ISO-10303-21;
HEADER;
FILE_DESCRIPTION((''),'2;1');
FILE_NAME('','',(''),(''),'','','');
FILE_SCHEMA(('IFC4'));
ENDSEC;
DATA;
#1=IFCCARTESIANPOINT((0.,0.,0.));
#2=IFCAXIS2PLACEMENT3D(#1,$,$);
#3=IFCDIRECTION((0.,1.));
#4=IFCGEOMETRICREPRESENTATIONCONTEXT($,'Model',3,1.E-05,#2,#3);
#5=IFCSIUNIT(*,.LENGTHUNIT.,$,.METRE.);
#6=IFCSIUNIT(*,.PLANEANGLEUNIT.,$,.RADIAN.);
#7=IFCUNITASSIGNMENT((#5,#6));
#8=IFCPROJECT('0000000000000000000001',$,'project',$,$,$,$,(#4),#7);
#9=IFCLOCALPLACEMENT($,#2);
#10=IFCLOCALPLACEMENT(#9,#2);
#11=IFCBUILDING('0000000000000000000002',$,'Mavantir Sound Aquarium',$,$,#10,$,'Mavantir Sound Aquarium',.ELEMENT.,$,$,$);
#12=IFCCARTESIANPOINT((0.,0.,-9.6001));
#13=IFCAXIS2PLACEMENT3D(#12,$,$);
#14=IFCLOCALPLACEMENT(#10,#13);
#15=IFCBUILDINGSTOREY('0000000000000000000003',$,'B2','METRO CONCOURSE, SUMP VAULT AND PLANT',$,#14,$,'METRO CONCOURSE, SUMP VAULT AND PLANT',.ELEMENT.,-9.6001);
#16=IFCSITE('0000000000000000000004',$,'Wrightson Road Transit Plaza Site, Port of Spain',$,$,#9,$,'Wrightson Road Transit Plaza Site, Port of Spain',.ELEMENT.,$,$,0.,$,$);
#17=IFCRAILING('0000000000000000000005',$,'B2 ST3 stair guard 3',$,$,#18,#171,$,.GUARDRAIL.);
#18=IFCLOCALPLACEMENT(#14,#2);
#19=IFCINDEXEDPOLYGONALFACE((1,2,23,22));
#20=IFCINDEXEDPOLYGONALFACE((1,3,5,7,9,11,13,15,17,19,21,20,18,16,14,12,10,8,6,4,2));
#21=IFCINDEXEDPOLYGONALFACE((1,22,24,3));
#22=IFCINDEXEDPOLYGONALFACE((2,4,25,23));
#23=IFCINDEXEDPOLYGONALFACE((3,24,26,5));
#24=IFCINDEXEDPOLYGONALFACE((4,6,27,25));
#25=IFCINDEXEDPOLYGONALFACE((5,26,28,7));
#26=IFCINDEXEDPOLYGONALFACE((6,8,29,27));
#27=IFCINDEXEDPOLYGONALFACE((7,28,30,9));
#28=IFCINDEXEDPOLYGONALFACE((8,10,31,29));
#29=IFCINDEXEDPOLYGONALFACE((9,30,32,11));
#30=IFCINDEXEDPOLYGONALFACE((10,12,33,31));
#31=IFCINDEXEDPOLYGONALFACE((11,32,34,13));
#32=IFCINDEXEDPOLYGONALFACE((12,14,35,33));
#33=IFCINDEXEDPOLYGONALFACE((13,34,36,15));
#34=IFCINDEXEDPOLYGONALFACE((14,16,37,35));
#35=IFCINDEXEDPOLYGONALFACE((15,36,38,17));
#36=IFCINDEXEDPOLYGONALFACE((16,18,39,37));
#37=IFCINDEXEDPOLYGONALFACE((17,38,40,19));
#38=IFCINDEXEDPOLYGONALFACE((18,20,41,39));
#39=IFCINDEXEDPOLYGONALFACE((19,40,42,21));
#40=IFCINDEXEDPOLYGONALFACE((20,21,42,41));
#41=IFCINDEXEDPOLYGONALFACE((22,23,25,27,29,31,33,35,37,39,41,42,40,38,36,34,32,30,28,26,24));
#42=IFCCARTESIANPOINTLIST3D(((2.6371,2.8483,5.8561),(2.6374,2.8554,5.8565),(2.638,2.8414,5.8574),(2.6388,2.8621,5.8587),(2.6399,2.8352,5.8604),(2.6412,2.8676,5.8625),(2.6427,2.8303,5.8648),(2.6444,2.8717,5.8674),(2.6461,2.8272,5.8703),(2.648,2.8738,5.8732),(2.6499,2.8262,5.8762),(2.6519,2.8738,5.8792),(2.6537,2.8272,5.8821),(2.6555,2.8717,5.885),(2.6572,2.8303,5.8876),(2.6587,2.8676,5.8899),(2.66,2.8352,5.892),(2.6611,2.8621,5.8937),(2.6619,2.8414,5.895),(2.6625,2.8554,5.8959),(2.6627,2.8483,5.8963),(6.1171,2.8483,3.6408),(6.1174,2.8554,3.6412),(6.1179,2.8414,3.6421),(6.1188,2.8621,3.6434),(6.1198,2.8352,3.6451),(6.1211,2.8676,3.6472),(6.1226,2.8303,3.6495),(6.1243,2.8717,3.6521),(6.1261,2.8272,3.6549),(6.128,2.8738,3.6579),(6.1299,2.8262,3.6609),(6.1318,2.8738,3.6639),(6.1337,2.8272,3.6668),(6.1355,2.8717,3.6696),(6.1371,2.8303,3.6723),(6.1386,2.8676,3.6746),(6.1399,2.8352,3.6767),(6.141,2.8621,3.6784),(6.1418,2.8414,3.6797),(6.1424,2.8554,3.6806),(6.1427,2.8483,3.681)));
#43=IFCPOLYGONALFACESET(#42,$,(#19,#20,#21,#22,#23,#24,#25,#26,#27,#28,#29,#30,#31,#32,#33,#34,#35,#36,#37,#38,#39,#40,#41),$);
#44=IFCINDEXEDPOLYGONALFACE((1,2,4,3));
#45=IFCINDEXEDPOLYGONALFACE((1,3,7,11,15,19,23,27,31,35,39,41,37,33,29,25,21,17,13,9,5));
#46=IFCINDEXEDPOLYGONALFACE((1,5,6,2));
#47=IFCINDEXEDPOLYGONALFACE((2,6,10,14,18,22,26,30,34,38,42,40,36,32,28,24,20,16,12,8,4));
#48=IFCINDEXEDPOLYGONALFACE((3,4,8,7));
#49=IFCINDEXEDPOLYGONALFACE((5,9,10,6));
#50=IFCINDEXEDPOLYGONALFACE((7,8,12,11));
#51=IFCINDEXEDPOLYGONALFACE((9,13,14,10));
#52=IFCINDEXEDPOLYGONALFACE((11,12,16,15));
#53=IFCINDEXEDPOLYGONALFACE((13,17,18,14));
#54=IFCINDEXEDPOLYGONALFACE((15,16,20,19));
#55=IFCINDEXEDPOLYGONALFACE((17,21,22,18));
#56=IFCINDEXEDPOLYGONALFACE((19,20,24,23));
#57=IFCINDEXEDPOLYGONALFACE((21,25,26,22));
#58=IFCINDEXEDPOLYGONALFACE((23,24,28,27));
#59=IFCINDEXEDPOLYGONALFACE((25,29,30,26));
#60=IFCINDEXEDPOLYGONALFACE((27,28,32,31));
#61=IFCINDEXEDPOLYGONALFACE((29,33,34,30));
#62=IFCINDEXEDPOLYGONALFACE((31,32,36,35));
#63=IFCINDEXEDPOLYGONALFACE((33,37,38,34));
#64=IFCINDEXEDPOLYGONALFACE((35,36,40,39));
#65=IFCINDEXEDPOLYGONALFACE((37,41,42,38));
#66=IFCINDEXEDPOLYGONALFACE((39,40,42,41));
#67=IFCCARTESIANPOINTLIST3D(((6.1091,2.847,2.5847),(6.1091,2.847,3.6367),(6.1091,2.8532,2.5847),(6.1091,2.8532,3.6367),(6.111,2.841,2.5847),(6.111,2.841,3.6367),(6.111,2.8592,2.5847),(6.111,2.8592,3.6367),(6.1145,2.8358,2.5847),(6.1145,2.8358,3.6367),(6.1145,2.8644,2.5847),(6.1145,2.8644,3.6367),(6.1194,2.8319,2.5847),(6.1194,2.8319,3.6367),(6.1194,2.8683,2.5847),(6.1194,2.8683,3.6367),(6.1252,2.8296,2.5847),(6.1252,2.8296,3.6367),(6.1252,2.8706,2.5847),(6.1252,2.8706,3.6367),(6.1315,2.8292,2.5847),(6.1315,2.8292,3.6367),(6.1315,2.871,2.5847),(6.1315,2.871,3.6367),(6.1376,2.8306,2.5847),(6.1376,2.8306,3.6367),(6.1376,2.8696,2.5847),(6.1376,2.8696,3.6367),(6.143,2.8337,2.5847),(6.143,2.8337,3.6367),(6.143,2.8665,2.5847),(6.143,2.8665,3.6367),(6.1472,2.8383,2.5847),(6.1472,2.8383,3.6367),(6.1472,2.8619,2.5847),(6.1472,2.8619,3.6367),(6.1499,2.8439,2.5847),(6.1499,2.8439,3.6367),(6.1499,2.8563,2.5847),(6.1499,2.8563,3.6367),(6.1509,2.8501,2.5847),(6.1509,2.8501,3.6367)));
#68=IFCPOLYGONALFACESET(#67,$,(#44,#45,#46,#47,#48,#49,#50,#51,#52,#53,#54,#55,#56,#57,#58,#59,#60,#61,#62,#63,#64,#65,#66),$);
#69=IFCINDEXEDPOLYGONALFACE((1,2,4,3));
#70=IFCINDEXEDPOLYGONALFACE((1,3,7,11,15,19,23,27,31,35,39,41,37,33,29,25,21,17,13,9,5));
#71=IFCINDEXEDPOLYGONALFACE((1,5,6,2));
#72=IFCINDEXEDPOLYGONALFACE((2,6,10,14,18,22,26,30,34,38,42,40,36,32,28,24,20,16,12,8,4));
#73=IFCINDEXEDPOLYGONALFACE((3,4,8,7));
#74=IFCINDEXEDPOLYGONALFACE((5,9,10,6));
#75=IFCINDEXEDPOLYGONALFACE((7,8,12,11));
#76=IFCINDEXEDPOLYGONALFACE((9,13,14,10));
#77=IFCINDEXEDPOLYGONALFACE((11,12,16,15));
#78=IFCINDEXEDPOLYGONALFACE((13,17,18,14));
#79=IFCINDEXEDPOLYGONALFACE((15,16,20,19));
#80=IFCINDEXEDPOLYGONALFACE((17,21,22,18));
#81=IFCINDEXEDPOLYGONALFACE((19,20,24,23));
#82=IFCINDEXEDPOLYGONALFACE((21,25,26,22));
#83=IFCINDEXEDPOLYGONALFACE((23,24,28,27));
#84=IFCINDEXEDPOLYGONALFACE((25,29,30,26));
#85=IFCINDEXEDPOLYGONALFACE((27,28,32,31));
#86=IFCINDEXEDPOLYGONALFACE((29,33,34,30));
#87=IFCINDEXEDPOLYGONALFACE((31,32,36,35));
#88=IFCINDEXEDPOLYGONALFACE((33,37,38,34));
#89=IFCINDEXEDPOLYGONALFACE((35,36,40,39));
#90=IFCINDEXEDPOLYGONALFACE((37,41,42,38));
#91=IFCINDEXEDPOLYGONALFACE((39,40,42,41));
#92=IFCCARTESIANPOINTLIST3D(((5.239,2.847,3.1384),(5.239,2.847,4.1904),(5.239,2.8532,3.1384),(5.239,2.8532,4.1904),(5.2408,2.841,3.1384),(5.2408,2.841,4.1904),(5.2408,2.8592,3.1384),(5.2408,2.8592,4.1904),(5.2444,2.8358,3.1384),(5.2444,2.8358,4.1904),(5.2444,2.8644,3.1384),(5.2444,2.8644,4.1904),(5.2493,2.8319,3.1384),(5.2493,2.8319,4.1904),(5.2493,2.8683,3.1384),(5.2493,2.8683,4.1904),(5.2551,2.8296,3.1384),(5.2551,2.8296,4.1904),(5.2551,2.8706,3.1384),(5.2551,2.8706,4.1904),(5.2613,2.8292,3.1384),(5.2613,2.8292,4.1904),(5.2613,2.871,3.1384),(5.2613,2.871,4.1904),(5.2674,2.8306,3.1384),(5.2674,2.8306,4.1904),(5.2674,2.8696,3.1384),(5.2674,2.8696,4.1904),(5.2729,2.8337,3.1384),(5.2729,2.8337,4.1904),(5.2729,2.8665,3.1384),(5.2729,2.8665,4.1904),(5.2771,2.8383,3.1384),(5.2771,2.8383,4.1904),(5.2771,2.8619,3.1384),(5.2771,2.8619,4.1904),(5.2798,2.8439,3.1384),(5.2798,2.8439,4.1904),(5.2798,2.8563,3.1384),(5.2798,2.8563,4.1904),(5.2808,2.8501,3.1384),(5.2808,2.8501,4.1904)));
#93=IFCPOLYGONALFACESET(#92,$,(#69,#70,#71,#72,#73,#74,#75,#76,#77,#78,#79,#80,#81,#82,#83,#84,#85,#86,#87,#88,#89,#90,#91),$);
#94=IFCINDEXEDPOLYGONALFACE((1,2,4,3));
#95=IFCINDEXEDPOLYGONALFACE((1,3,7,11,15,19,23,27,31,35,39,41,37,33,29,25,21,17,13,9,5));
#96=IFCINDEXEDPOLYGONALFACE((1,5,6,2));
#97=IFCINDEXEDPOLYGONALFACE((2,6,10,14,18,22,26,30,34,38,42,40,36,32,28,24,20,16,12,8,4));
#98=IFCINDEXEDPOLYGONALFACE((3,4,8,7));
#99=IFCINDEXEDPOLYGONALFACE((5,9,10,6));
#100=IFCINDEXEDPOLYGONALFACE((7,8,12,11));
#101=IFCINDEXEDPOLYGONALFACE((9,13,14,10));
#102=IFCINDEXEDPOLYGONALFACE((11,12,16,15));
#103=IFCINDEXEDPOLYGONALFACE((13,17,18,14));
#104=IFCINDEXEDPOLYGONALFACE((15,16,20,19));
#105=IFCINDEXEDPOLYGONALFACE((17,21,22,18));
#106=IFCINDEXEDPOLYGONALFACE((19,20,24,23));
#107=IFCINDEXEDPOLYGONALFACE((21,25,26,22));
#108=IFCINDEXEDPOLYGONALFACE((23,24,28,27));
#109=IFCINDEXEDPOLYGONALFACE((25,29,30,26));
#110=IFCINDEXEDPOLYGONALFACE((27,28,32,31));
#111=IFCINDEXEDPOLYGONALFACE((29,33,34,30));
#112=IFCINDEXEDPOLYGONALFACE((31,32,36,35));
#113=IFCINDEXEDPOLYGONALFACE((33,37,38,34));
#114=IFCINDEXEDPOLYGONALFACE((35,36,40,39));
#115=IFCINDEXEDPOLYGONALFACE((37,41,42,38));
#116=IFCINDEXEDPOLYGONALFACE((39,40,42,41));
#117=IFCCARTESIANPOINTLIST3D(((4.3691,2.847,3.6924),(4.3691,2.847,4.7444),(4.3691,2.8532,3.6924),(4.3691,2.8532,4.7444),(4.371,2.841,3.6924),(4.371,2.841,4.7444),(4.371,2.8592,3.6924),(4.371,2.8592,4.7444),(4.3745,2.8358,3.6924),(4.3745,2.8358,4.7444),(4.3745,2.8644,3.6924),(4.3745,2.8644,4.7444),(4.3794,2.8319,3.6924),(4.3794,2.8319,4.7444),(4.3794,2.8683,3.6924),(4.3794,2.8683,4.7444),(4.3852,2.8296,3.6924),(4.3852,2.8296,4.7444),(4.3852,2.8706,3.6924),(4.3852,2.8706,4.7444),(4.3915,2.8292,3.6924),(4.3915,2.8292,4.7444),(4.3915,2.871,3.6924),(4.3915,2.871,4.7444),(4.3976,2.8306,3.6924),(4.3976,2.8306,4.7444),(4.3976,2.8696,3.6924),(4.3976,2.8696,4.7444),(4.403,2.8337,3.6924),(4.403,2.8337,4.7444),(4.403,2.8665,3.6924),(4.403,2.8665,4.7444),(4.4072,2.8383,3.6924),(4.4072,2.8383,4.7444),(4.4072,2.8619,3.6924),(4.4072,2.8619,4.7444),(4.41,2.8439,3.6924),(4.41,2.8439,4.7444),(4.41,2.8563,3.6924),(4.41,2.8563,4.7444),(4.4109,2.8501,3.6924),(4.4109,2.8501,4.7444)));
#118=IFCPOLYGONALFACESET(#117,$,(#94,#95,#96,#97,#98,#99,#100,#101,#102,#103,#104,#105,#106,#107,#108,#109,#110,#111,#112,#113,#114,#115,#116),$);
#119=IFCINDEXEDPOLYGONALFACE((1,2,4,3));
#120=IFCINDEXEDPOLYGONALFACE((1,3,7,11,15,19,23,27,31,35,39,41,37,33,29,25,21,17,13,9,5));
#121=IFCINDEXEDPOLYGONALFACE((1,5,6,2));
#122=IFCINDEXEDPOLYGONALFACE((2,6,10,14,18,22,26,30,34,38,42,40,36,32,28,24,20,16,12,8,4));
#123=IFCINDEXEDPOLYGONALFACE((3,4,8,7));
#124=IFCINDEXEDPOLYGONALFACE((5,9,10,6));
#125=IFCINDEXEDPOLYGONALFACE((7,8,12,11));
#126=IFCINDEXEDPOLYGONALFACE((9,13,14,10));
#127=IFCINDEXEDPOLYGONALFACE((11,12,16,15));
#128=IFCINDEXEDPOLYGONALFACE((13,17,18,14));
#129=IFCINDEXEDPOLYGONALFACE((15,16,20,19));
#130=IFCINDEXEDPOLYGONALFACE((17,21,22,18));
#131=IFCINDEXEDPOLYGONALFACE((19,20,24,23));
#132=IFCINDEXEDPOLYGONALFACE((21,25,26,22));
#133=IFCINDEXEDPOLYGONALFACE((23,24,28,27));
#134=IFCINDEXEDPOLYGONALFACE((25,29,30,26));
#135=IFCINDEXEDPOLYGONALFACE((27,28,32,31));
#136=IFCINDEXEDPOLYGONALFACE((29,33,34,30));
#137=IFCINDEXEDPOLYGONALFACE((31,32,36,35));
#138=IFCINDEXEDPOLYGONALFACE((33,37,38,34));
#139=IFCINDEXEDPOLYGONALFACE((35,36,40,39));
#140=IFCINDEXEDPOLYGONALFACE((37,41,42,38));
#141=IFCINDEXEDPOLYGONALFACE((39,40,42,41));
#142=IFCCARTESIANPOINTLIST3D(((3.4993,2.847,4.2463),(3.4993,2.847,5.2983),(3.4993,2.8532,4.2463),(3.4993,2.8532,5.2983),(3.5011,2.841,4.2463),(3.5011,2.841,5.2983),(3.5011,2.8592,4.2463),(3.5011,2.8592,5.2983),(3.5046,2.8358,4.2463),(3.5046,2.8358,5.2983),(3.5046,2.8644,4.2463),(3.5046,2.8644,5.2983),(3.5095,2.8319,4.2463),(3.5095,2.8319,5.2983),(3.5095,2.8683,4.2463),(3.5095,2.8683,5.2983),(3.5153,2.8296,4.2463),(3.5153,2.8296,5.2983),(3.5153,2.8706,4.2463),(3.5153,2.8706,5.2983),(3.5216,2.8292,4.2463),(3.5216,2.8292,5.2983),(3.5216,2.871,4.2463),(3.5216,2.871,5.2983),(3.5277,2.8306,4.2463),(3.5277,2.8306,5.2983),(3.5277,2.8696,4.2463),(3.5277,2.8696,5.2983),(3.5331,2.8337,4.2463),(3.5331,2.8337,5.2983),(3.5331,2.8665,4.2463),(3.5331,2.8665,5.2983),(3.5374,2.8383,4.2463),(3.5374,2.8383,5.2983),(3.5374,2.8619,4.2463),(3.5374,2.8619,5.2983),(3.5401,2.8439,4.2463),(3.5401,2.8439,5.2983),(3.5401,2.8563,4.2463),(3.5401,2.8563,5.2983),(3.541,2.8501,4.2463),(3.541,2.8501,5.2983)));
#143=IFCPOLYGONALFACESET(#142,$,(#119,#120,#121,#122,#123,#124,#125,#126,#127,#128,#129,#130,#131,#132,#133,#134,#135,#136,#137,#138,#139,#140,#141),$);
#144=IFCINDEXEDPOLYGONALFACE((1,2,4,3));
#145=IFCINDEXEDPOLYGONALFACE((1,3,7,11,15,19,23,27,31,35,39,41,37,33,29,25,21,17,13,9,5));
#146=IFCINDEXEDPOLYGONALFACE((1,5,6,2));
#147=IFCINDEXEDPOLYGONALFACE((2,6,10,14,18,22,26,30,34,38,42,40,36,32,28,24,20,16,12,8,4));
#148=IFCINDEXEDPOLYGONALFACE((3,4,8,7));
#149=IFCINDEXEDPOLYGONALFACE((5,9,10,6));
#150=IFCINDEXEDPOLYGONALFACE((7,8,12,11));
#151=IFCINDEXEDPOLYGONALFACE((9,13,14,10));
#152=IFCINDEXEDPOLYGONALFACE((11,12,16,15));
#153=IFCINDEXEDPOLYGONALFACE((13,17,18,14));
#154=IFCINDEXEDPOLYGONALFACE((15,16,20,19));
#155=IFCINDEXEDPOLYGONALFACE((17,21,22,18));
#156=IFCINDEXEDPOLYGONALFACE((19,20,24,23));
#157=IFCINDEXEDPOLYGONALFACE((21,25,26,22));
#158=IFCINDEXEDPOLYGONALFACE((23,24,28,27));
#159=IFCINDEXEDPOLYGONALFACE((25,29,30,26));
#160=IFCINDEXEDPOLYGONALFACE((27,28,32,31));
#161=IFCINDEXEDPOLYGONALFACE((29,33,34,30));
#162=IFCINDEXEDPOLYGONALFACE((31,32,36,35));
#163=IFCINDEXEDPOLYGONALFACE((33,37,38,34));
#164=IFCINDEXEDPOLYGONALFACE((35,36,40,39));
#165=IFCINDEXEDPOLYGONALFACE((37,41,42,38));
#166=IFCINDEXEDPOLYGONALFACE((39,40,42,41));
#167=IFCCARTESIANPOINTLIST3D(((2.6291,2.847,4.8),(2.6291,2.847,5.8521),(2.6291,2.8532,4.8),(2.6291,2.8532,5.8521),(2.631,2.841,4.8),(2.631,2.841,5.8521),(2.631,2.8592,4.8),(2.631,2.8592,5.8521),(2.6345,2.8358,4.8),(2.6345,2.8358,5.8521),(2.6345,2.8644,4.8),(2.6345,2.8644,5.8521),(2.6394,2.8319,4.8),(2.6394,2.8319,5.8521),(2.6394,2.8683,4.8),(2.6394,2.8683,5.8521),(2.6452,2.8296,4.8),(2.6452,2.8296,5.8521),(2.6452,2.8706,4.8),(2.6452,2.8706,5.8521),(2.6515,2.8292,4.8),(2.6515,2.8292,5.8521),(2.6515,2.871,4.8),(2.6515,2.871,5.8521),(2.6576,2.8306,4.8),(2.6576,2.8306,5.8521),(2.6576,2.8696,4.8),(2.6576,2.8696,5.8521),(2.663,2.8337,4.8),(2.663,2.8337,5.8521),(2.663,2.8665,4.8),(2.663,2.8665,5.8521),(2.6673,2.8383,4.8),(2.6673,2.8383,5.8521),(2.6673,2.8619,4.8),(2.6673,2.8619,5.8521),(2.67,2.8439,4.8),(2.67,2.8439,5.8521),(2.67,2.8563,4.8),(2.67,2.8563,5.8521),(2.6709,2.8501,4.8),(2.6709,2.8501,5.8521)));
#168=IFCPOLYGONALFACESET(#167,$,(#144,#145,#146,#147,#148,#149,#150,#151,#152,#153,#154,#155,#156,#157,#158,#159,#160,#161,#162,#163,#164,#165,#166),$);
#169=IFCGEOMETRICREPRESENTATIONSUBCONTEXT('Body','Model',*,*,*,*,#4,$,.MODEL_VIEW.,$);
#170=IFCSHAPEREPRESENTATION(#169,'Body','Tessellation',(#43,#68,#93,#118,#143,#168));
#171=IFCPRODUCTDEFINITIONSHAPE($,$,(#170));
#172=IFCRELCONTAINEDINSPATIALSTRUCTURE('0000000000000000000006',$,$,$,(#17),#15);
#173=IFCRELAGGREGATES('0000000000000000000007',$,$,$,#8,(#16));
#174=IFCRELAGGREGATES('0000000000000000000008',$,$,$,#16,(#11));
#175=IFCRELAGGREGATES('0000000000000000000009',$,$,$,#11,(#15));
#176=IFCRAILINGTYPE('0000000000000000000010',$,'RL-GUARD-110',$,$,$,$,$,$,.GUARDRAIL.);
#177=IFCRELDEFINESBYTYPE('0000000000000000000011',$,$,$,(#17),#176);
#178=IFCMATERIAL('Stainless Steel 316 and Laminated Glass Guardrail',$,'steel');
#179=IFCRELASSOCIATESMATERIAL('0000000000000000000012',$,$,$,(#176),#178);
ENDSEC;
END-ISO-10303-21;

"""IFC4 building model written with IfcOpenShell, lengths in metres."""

from ifc_helpers import new_model, si_unit, direction, frame, origin, origin_2d, place, context, subcontext, project, spatial, circle, extrude, material, type_object, element, save


model = new_model("IFC4")

# Units and contexts
model_context = context("Model", 3, precision=1e-05, world=origin(), true_north=direction((0.0, 1.0)))
body_context = subcontext(model_context, "Body", "Model", "MODEL_VIEW")
ifc_project = project(units=[si_unit("LENGTHUNIT", "METRE"), si_unit("PLANEANGLEUNIT", "RADIAN")], contexts=[model_context])

# Site, building, storey
site_placement = place(None, origin())
site = spatial("IfcSite", under=ifc_project, at=site_placement, Name="Wrightson Road Transit Plaza Site, Port of Spain", LongName="Wrightson Road Transit Plaza Site, Port of Spain", CompositionType="ELEMENT", RefElevation=0.0)
building_placement = place(site_placement, origin())
building = spatial("IfcBuilding", under=site, at=building_placement, Name="Mavantir Sound Aquarium", LongName="Mavantir Sound Aquarium", CompositionType="ELEMENT")
storey_placement = place(building_placement, frame((0.0, 0.0, -9.6001)))
storey = spatial("IfcBuildingStorey", under=building, at=storey_placement, Name="B2", Description="METRO CONCOURSE, SUMP VAULT AND PLANT", LongName="METRO CONCOURSE, SUMP VAULT AND PLANT", CompositionType="ELEMENT", Elevation=-9.6001)

# Railing
ifc_material_1 = material(Name="Stainless Steel 316 and Laminated Glass Guardrail", Category="steel")
railing_type_1 = type_object("IfcRailingType", Name="RL-GUARD-110", PredefinedType="GUARDRAIL", material=ifc_material_1)
railing_1_placement = place(storey_placement, frame((6.1299, 2.8501, 2.5847)))
element("IfcRailing", 1, at=railing_1_placement, inside=storey, type_object=railing_type_1, Name="B2 ST3 stair guard 3", PredefinedType="GUARDRAIL", context=body_context, shape_type="SweptSolid", body=[
    extrude(circle(Radius=0.0239, at=origin_2d()), frame((0.0, 0.0, 1.0762), z_axis=(-0.843574, 0.0, 0.537013), x_axis=(0.0, -1.0, 0.0)), (0.0, 0.0, 1.0), 4.1252),
    extrude(circle(Radius=0.021, at=origin_2d()), origin(), (0.0, 0.0, 1.0), 1.052),
    extrude(circle(Radius=0.021, at=origin_2d()), frame((-0.8701, 0.0, 0.5537)), (0.0, 0.0, 1.0), 1.052),
    extrude(circle(Radius=0.021, at=origin_2d()), frame((-1.74, 0.0, 1.1077)), (0.0, 0.0, 1.0), 1.052),
    extrude(circle(Radius=0.021, at=origin_2d()), frame((-2.6099, 0.0, 1.6616)), (0.0, 0.0, 1.0), 1.052),
    extrude(circle(Radius=0.021, at=origin_2d()), frame((-3.48, 0.0, 2.2153)), (0.0, 0.0, 1.0), 1.052),
])

save(model, "model.ifc")
